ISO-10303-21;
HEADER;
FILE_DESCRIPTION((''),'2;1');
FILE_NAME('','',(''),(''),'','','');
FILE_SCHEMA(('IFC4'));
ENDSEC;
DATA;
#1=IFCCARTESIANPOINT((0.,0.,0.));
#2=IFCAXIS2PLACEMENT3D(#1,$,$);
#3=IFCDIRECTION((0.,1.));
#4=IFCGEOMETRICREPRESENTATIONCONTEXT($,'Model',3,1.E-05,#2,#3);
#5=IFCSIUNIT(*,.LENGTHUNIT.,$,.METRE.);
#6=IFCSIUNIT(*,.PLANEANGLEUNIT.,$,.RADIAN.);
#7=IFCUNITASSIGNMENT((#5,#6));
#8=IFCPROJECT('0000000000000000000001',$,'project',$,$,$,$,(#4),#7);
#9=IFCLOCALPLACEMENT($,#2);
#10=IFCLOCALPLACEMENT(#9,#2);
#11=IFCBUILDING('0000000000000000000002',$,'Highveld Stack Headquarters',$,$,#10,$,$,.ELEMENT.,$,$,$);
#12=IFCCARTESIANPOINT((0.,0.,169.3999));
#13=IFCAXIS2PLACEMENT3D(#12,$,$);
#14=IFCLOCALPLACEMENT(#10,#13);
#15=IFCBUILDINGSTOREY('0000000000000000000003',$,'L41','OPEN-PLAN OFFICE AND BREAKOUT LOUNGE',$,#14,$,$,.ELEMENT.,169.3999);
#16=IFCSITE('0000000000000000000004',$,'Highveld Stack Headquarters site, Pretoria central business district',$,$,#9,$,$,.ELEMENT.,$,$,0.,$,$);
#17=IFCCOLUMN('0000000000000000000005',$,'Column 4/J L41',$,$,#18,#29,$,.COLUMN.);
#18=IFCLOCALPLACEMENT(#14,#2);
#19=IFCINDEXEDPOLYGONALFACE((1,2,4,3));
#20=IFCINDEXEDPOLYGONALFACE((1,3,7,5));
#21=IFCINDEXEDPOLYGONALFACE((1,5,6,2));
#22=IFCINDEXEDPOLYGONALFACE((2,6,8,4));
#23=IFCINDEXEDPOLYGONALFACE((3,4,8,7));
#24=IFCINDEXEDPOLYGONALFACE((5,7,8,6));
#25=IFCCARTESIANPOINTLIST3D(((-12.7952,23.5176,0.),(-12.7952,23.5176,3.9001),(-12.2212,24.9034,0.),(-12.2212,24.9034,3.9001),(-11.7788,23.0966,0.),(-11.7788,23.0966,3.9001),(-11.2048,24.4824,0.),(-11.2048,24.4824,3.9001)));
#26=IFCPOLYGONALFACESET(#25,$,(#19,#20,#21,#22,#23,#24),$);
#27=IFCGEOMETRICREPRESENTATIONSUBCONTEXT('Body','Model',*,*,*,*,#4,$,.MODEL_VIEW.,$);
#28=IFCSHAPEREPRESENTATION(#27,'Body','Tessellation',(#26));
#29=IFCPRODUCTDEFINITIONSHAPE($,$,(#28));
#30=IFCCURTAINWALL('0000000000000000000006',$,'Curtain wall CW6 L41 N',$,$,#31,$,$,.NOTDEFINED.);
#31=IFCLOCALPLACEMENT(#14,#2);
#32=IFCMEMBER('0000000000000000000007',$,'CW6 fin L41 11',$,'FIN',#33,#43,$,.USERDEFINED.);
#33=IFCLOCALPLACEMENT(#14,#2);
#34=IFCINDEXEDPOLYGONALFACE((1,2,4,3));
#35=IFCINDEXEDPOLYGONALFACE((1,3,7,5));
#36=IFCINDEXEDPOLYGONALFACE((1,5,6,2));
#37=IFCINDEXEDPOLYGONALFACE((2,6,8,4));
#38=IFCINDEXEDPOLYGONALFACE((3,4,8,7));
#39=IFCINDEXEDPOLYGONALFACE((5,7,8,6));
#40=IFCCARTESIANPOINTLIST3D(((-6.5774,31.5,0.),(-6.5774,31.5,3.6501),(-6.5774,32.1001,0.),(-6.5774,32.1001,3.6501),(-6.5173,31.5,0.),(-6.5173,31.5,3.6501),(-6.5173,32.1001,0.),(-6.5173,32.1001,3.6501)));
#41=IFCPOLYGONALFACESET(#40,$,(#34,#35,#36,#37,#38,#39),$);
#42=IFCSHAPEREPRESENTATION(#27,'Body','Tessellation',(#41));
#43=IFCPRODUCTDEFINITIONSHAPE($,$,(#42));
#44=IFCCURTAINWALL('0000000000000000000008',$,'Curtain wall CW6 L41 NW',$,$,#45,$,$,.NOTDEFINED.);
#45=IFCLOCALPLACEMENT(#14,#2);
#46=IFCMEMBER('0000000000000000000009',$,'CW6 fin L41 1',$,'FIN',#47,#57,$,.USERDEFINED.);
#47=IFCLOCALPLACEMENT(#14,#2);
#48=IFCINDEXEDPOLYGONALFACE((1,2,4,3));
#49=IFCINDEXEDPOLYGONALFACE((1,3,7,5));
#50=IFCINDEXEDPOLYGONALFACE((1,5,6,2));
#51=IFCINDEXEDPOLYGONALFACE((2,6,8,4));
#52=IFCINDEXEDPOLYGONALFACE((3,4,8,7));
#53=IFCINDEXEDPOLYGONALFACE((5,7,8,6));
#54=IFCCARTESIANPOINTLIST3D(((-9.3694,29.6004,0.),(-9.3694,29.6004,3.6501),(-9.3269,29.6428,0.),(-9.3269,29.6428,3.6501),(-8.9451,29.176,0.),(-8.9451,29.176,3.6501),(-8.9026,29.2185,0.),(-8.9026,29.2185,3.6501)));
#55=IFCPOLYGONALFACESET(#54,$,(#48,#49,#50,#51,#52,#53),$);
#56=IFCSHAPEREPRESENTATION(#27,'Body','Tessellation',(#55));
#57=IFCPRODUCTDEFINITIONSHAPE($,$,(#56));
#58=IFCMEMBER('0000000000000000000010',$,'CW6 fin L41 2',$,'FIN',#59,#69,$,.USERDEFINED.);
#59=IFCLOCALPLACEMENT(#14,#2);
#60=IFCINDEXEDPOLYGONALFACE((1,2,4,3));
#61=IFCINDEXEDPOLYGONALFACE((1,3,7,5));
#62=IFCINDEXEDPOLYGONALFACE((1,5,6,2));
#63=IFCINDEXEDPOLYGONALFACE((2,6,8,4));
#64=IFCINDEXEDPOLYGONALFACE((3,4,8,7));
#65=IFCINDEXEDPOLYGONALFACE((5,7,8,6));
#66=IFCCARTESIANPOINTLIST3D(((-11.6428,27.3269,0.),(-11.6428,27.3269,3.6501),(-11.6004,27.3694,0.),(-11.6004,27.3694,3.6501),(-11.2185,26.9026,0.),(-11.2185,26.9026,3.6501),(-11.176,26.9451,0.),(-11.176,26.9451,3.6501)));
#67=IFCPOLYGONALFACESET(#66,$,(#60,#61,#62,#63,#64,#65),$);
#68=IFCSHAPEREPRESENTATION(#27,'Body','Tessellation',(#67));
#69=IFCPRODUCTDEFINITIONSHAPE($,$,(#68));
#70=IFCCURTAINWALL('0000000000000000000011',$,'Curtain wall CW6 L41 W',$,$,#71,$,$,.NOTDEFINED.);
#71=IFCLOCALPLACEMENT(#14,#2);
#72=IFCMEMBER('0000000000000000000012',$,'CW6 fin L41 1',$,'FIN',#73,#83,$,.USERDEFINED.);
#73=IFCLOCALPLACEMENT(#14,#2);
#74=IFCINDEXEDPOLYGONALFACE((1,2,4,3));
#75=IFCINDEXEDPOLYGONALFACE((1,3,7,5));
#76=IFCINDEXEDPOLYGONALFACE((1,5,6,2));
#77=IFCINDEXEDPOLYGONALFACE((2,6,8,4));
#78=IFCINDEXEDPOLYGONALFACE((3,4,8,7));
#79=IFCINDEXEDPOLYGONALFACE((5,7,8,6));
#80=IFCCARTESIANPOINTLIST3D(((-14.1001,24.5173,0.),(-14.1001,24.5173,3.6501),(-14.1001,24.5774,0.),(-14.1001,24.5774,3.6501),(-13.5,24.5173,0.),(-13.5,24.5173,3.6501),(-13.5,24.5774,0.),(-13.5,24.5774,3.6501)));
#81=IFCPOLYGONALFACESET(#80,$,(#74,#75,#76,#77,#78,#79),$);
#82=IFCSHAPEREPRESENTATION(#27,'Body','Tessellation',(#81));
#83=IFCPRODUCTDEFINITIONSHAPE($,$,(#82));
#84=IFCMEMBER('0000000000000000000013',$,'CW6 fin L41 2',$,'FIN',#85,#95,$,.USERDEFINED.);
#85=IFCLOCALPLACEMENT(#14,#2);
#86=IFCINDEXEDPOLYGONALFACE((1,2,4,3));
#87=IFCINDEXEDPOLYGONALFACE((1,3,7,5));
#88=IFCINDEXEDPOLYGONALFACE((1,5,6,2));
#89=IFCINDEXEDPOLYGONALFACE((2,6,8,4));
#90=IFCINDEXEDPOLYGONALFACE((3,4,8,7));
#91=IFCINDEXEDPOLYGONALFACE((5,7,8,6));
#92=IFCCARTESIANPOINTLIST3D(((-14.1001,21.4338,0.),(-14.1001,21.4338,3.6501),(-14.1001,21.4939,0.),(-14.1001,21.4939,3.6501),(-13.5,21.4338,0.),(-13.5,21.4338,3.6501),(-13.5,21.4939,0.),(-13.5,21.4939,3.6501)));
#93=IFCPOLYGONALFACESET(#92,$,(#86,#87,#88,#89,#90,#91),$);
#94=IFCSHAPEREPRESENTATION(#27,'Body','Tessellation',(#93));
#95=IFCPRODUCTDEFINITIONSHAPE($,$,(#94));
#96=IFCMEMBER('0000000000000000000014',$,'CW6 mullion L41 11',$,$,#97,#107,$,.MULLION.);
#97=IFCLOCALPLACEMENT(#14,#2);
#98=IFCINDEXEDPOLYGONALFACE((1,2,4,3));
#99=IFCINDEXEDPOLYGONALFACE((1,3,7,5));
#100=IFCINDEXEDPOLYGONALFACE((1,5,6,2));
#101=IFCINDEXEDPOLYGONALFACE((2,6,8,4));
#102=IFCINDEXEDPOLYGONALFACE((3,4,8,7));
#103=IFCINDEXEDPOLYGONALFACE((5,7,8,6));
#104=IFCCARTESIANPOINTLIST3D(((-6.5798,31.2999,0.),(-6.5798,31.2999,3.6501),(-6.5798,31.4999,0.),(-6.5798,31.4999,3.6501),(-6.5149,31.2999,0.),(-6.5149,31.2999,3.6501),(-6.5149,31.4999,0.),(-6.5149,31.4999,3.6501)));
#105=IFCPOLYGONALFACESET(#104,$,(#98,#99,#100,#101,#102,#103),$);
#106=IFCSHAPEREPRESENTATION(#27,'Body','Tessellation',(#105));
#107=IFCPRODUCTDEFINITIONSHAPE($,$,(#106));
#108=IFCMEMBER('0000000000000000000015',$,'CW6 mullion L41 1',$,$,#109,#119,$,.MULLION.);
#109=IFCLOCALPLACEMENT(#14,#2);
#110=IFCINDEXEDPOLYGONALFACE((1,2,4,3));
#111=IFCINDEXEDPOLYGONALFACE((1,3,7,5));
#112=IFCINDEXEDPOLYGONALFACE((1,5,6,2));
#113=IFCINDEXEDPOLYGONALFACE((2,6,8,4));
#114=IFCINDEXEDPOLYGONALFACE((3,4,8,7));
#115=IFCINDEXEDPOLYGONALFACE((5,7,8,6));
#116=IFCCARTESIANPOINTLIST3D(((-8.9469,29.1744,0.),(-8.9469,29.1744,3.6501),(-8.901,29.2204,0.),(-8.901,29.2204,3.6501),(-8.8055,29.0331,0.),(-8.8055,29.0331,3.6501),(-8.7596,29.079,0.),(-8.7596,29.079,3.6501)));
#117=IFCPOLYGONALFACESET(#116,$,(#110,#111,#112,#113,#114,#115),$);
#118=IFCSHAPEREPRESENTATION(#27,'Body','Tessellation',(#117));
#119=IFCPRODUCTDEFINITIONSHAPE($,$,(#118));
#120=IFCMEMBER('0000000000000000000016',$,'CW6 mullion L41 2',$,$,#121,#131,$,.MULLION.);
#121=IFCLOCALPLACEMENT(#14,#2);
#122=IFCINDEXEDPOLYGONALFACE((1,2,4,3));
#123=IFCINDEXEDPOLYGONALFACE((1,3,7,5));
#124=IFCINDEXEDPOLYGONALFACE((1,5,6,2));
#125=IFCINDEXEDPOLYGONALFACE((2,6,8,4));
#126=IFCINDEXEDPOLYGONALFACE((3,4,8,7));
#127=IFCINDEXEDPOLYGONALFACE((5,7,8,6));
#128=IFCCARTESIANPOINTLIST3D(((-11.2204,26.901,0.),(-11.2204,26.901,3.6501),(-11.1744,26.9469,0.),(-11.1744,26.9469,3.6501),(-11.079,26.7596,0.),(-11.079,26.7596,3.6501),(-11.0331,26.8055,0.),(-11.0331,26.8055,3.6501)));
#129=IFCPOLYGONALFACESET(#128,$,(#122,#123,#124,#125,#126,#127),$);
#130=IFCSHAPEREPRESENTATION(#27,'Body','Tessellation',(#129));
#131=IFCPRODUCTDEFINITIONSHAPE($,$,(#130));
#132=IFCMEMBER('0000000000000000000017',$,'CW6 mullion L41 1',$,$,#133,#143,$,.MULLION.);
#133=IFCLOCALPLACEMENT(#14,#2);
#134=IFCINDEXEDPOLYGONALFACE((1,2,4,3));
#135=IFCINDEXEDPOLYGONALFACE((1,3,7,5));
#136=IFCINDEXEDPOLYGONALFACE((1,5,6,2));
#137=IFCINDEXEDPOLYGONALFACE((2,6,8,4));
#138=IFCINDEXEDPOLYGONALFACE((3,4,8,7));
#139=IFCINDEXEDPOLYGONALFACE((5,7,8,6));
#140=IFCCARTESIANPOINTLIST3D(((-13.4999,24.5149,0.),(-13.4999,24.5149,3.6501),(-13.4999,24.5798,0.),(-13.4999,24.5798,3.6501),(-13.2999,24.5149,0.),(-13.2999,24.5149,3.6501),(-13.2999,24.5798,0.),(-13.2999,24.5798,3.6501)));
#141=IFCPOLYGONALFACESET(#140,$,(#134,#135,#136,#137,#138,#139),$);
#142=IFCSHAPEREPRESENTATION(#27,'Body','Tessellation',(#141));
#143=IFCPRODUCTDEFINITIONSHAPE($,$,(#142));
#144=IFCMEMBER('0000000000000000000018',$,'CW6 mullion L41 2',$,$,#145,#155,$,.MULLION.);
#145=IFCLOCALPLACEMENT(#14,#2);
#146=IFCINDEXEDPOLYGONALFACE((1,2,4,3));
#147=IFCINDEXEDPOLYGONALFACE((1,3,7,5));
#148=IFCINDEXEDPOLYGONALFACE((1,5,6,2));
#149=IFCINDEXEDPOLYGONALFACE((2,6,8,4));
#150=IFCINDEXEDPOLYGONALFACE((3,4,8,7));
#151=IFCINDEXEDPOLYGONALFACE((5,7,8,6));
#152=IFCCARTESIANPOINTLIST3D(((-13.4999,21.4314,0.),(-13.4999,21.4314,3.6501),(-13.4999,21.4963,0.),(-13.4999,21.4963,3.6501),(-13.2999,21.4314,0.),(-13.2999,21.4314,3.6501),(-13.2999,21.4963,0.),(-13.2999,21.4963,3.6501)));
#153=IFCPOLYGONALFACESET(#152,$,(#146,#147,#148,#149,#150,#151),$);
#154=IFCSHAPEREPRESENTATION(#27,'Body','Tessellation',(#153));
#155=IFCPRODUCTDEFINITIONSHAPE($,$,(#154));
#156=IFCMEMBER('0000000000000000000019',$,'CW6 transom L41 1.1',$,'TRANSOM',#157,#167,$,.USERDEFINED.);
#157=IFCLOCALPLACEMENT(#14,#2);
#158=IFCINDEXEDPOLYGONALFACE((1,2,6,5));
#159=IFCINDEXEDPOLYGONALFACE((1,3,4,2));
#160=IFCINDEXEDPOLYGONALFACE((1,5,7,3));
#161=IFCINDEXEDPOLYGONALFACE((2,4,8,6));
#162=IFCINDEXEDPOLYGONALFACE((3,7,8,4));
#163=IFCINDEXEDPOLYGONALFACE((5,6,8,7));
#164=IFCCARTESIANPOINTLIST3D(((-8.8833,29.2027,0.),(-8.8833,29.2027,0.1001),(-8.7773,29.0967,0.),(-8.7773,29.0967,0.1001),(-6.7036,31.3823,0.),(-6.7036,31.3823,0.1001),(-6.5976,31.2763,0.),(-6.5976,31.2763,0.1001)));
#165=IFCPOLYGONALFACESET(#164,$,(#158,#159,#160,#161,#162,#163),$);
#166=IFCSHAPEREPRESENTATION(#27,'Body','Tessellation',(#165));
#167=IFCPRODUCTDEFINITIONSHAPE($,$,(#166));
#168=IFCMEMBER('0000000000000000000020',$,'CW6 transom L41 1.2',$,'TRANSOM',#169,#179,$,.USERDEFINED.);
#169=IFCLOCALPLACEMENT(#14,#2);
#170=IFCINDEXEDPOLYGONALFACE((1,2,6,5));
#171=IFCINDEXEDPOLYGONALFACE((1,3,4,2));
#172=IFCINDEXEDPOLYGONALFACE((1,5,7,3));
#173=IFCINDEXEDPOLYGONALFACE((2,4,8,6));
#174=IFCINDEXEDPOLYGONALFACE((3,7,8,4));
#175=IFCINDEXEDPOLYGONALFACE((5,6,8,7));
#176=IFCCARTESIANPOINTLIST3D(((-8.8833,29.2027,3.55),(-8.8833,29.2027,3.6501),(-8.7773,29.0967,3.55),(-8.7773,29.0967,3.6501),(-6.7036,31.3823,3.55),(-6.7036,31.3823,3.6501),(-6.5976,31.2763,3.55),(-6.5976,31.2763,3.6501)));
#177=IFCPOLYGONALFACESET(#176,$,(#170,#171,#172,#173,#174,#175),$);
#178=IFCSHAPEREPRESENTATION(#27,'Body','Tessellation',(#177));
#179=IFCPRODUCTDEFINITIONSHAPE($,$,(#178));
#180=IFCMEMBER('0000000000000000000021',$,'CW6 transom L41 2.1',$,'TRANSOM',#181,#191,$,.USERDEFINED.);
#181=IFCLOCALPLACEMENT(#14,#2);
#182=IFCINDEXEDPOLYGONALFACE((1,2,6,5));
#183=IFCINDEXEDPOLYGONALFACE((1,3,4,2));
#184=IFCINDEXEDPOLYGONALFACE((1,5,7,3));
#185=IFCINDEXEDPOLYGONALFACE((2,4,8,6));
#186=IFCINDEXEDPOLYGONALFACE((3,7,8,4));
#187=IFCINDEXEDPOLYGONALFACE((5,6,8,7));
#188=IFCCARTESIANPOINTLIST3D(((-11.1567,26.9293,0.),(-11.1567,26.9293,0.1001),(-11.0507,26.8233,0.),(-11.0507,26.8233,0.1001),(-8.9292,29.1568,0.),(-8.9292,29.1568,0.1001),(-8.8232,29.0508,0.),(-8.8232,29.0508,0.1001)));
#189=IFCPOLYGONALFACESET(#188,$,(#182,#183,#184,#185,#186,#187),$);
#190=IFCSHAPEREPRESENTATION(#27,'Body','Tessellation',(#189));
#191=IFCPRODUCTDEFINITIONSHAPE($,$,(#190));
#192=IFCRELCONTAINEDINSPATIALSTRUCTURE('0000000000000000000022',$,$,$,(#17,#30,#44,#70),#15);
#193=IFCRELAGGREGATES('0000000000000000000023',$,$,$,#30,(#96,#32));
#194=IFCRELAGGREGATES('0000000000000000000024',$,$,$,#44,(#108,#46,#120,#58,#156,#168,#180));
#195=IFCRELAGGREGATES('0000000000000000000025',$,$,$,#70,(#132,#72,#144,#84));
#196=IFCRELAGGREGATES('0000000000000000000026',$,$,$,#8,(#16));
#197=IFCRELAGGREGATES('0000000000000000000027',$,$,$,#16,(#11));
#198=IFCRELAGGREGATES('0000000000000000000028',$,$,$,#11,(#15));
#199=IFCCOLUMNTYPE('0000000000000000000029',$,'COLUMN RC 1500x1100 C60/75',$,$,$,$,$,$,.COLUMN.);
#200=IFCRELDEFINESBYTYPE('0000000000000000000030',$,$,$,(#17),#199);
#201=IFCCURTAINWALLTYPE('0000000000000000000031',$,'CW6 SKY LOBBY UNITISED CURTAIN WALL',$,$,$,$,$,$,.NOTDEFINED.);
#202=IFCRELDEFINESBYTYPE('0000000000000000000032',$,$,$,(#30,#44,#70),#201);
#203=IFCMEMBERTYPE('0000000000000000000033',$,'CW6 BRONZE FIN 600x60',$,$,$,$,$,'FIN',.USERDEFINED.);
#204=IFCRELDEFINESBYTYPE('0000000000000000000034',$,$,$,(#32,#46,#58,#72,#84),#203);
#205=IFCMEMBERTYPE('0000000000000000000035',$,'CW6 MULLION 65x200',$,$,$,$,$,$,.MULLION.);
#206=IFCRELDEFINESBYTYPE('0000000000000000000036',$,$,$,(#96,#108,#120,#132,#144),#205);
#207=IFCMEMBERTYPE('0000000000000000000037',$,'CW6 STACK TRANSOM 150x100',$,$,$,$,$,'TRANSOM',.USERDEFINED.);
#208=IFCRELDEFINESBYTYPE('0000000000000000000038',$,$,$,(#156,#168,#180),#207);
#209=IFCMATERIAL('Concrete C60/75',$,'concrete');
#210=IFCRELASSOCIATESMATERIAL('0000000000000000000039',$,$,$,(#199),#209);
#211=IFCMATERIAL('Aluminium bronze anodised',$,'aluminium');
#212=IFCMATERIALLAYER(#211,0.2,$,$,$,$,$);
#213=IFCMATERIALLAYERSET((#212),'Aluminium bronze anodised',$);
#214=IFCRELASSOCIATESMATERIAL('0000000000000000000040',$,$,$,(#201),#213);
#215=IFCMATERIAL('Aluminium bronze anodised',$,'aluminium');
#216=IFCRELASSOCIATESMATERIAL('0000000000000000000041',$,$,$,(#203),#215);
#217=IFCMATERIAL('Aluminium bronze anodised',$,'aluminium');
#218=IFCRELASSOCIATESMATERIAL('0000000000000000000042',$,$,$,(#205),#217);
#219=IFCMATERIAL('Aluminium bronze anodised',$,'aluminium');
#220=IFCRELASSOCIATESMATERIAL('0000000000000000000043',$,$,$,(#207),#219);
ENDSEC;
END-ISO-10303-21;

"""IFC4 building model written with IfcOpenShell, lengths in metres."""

from ifc_helpers import new_model, si_unit, direction, frame, origin, origin_2d, place, context, subcontext, project, spatial, rectangle, extrude, material, layer, layer_set, material_profile, profile_set, type_object, element, aggregate, save


model = new_model("IFC4")

# Units and contexts
model_context = context("Model", 3, precision=1e-05, world=origin(), true_north=direction((0.0, 1.0)))
body_context = subcontext(model_context, "Body", "Model", "MODEL_VIEW")
ifc_project = project(units=[si_unit("LENGTHUNIT", "METRE"), si_unit("PLANEANGLEUNIT", "RADIAN")], contexts=[model_context])

# Site, building, storey
site_placement = place(None, origin())
site = spatial("IfcSite", under=ifc_project, at=site_placement, Name="Highveld Stack Headquarters site, Pretoria central business district", CompositionType="ELEMENT", RefElevation=0.0)
building_placement = place(site_placement, origin())
building = spatial("IfcBuilding", under=site, at=building_placement, Name="Highveld Stack Headquarters", CompositionType="ELEMENT")
storey_placement = place(building_placement, frame((0.0, 0.0, 169.3999)))
storey = spatial("IfcBuildingStorey", under=building, at=storey_placement, Name="L41", Description="OPEN-PLAN OFFICE AND BREAKOUT LOUNGE", CompositionType="ELEMENT", Elevation=169.3999)

# Column
ifc_material_1 = material(Name="Concrete C60/75", Category="concrete")
ifc_material_profile_1 = material_profile(ifc_material_1, rectangle(XDim=1.5, YDim=1.1001, at=origin_2d()), Name="RC 1500x1100")
ifc_profile_set_1 = profile_set([ifc_material_profile_1], Name="Concrete C60/75")
column_type = type_object("IfcColumnType", Name="COLUMN RC 1500x1100 C60/75", PredefinedType="COLUMN", material=ifc_profile_set_1)
column_placement = place(storey_placement, frame((-12.0, 24.0, 0.0), z_axis=(0.0, 0.0, 1.0), x_axis=(0.382683, 0.92388, 0.0)))
element("IfcColumn", 1, at=column_placement, inside=storey, type_object=column_type, Name="Column 4/J L41", PredefinedType="COLUMN", context=body_context, shape_type="SweptSolid", body=[
    extrude(rectangle(XDim=1.5, YDim=1.1001, at=origin_2d()), origin(), (0.0, 0.0, 1.0), 3.9001),
])

# Curtain wall, member
ifc_material_2 = material(Name="Aluminium bronze anodised", Category="aluminium")
ifc_layer_1 = layer(ifc_material_2, 0.2)
ifc_layer_set_1 = layer_set([ifc_layer_1], Name="Aluminium bronze anodised")
curtain_wall_type = type_object("IfcCurtainWallType", Name="CW6 SKY LOBBY UNITISED CURTAIN WALL", PredefinedType="NOTDEFINED", material=ifc_layer_set_1)
curtain_wall_1_placement = place(storey_placement, origin())
curtain_wall_1 = element("IfcCurtainWall", 2, at=curtain_wall_1_placement, inside=storey, type_object=curtain_wall_type, Name="Curtain wall CW6 L41 N", PredefinedType="NOTDEFINED")
ifc_material_3 = material(Name="Aluminium bronze anodised", Category="aluminium")
ifc_material_profile_2 = material_profile(ifc_material_3, rectangle(XDim=0.6001, YDim=0.0601, at=origin_2d()), Name="FIN 600x60")
ifc_profile_set_2 = profile_set([ifc_material_profile_2], Name="Aluminium bronze anodised")
member_type_1 = type_object("IfcMemberType", Name="CW6 BRONZE FIN 600x60", ElementType="FIN", PredefinedType="USERDEFINED", material=ifc_profile_set_2)
member_1_placement = place(storey_placement, frame((-6.5474, 31.8, 0.0), z_axis=(0.0, 0.0, 1.0), x_axis=(0.0, -1.0, 0.0)))
member_1 = element("IfcMember", 3, at=member_1_placement, type_object=member_type_1, Name="CW6 fin L41 11", ObjectType="FIN", PredefinedType="USERDEFINED", context=body_context, shape_type="SweptSolid", body=[
    extrude(rectangle(XDim=0.6001, YDim=0.0601, at=origin_2d()), origin(), (0.0, 0.0, 1.0), 3.6501),
])

# Curtain walls, members
curtain_wall_2_placement = place(storey_placement, origin())
curtain_wall_2 = element("IfcCurtainWall", 4, at=curtain_wall_2_placement, inside=storey, type_object=curtain_wall_type, Name="Curtain wall CW6 L41 NW", PredefinedType="NOTDEFINED")
member_2_placement = place(storey_placement, frame((-9.136, 29.4094, 0.0), z_axis=(0.0, 0.0, 1.0), x_axis=(0.707107, -0.707107, 0.0)))
member_2 = element("IfcMember", 5, at=member_2_placement, type_object=member_type_1, Name="CW6 fin L41 1", ObjectType="FIN", PredefinedType="USERDEFINED", context=body_context, shape_type="SweptSolid", body=[
    extrude(rectangle(XDim=0.6001, YDim=0.0601, at=origin_2d()), origin(), (0.0, 0.0, 1.0), 3.6501),
])
member_3_placement = place(storey_placement, frame((-11.4094, 27.136, 0.0), z_axis=(0.0, 0.0, 1.0), x_axis=(0.707107, -0.707107, 0.0)))
member_3 = element("IfcMember", 6, at=member_3_placement, type_object=member_type_1, Name="CW6 fin L41 2", ObjectType="FIN", PredefinedType="USERDEFINED", context=body_context, shape_type="SweptSolid", body=[
    extrude(rectangle(XDim=0.6001, YDim=0.0601, at=origin_2d()), origin(), (0.0, 0.0, 1.0), 3.6501),
])
curtain_wall_3_placement = place(storey_placement, origin())
curtain_wall_3 = element("IfcCurtainWall", 7, at=curtain_wall_3_placement, inside=storey, type_object=curtain_wall_type, Name="Curtain wall CW6 L41 W", PredefinedType="NOTDEFINED")
member_4_placement = place(storey_placement, frame((-13.8, 24.5474, 0.0), z_axis=(0.0, 0.0, 1.0), x_axis=(1.0, 0.0, 0.0)))
member_4 = element("IfcMember", 8, at=member_4_placement, type_object=member_type_1, Name="CW6 fin L41 1", ObjectType="FIN", PredefinedType="USERDEFINED", context=body_context, shape_type="SweptSolid", body=[
    extrude(rectangle(XDim=0.6001, YDim=0.0601, at=origin_2d()), origin(), (0.0, 0.0, 1.0), 3.6501),
])
member_5_placement = place(storey_placement, frame((-13.8, 21.4639, 0.0), z_axis=(0.0, 0.0, 1.0), x_axis=(1.0, 0.0, 0.0)))
member_5 = element("IfcMember", 9, at=member_5_placement, type_object=member_type_1, Name="CW6 fin L41 2", ObjectType="FIN", PredefinedType="USERDEFINED", context=body_context, shape_type="SweptSolid", body=[
    extrude(rectangle(XDim=0.6001, YDim=0.0601, at=origin_2d()), origin(), (0.0, 0.0, 1.0), 3.6501),
])

# Members
ifc_material_4 = material(Name="Aluminium bronze anodised", Category="aluminium")
ifc_material_profile_3 = material_profile(ifc_material_4, rectangle(XDim=0.2, YDim=0.0649, at=origin_2d()), Name="CW6 MULLION 65x200")
ifc_profile_set_3 = profile_set([ifc_material_profile_3], Name="Aluminium bronze anodised")
member_type_2 = type_object("IfcMemberType", Name="CW6 MULLION 65x200", PredefinedType="MULLION", material=ifc_profile_set_3)
member_6_placement = place(storey_placement, frame((-6.5474, 31.3999, 0.0), z_axis=(0.0, 0.0, 1.0), x_axis=(0.0, -1.0, 0.0)))
member_6 = element("IfcMember", 10, at=member_6_placement, type_object=member_type_2, Name="CW6 mullion L41 11", PredefinedType="MULLION", context=body_context, shape_type="SweptSolid", body=[
    extrude(rectangle(XDim=0.2, YDim=0.0649, at=origin_2d()), origin(), (0.0, 0.0, 1.0), 3.6501),
])
aggregate(curtain_wall_1, [member_6, member_1])
member_7_placement = place(storey_placement, frame((-8.8533, 29.1267, 0.0), z_axis=(0.0, 0.0, 1.0), x_axis=(0.707107, -0.707107, 0.0)))
member_7 = element("IfcMember", 11, at=member_7_placement, type_object=member_type_2, Name="CW6 mullion L41 1", PredefinedType="MULLION", context=body_context, shape_type="SweptSolid", body=[
    extrude(rectangle(XDim=0.2, YDim=0.0649, at=origin_2d()), origin(), (0.0, 0.0, 1.0), 3.6501),
])
member_8_placement = place(storey_placement, frame((-11.1267, 26.8533, 0.0), z_axis=(0.0, 0.0, 1.0), x_axis=(0.707107, -0.707107, 0.0)))
member_8 = element("IfcMember", 12, at=member_8_placement, type_object=member_type_2, Name="CW6 mullion L41 2", PredefinedType="MULLION", context=body_context, shape_type="SweptSolid", body=[
    extrude(rectangle(XDim=0.2, YDim=0.0649, at=origin_2d()), origin(), (0.0, 0.0, 1.0), 3.6501),
])
member_9_placement = place(storey_placement, frame((-13.3999, 24.5474, 0.0), z_axis=(0.0, 0.0, 1.0), x_axis=(1.0, 0.0, 0.0)))
member_9 = element("IfcMember", 13, at=member_9_placement, type_object=member_type_2, Name="CW6 mullion L41 1", PredefinedType="MULLION", context=body_context, shape_type="SweptSolid", body=[
    extrude(rectangle(XDim=0.2, YDim=0.0649, at=origin_2d()), origin(), (0.0, 0.0, 1.0), 3.6501),
])
member_10_placement = place(storey_placement, frame((-13.3999, 21.4639, 0.0), z_axis=(0.0, 0.0, 1.0), x_axis=(1.0, 0.0, 0.0)))
member_10 = element("IfcMember", 14, at=member_10_placement, type_object=member_type_2, Name="CW6 mullion L41 2", PredefinedType="MULLION", context=body_context, shape_type="SweptSolid", body=[
    extrude(rectangle(XDim=0.2, YDim=0.0649, at=origin_2d()), origin(), (0.0, 0.0, 1.0), 3.6501),
])
ifc_material_5 = material(Name="Aluminium bronze anodised", Category="aluminium")
ifc_material_profile_4 = material_profile(ifc_material_5, rectangle(XDim=0.1499, YDim=0.1001, at=origin_2d()), Name="CW6 TRANSOM 150x100")
ifc_profile_set_4 = profile_set([ifc_material_profile_4], Name="Aluminium bronze anodised")
member_type_3 = type_object("IfcMemberType", Name="CW6 STACK TRANSOM 150x100", ElementType="TRANSOM", PredefinedType="USERDEFINED", material=ifc_profile_set_4)
member_11_placement = place(storey_placement, frame((-6.6506, 31.3293, 0.05), z_axis=(-0.707107, -0.707107, 0.0), x_axis=(0.707107, -0.707107, 0.0)))
member_11 = element("IfcMember", 15, at=member_11_placement, type_object=member_type_3, Name="CW6 transom L41 1.1", ObjectType="TRANSOM", PredefinedType="USERDEFINED", context=body_context, shape_type="SweptSolid", body=[
    extrude(rectangle(XDim=0.1499, YDim=0.1001, at=origin_2d()), origin(), (0.0, 0.0, 1.0), 3.0825),
])
member_12_placement = place(storey_placement, frame((-6.6506, 31.3293, 3.6001), z_axis=(-0.707107, -0.707107, 0.0), x_axis=(0.707107, -0.707107, 0.0)))
member_12 = element("IfcMember", 16, at=member_12_placement, type_object=member_type_3, Name="CW6 transom L41 1.2", ObjectType="TRANSOM", PredefinedType="USERDEFINED", context=body_context, shape_type="SweptSolid", body=[
    extrude(rectangle(XDim=0.1499, YDim=0.1001, at=origin_2d()), origin(), (0.0, 0.0, 1.0), 3.0825),
])
member_13_placement = place(storey_placement, frame((-8.8762, 29.1038, 0.05), z_axis=(-0.707107, -0.707107, 0.0), x_axis=(0.707107, -0.707107, 0.0)))
member_13 = element("IfcMember", 17, at=member_13_placement, type_object=member_type_3, Name="CW6 transom L41 2.1", ObjectType="TRANSOM", PredefinedType="USERDEFINED", context=body_context, shape_type="SweptSolid", body=[
    extrude(rectangle(XDim=0.1499, YDim=0.1001, at=origin_2d()), origin(), (0.0, 0.0, 1.0), 3.1501),
])

aggregate(curtain_wall_2, [member_7, member_2, member_8, member_3, member_11, member_12, member_13])
aggregate(curtain_wall_3, [member_9, member_4, member_10, member_5])

save(model, "model.ifc")
